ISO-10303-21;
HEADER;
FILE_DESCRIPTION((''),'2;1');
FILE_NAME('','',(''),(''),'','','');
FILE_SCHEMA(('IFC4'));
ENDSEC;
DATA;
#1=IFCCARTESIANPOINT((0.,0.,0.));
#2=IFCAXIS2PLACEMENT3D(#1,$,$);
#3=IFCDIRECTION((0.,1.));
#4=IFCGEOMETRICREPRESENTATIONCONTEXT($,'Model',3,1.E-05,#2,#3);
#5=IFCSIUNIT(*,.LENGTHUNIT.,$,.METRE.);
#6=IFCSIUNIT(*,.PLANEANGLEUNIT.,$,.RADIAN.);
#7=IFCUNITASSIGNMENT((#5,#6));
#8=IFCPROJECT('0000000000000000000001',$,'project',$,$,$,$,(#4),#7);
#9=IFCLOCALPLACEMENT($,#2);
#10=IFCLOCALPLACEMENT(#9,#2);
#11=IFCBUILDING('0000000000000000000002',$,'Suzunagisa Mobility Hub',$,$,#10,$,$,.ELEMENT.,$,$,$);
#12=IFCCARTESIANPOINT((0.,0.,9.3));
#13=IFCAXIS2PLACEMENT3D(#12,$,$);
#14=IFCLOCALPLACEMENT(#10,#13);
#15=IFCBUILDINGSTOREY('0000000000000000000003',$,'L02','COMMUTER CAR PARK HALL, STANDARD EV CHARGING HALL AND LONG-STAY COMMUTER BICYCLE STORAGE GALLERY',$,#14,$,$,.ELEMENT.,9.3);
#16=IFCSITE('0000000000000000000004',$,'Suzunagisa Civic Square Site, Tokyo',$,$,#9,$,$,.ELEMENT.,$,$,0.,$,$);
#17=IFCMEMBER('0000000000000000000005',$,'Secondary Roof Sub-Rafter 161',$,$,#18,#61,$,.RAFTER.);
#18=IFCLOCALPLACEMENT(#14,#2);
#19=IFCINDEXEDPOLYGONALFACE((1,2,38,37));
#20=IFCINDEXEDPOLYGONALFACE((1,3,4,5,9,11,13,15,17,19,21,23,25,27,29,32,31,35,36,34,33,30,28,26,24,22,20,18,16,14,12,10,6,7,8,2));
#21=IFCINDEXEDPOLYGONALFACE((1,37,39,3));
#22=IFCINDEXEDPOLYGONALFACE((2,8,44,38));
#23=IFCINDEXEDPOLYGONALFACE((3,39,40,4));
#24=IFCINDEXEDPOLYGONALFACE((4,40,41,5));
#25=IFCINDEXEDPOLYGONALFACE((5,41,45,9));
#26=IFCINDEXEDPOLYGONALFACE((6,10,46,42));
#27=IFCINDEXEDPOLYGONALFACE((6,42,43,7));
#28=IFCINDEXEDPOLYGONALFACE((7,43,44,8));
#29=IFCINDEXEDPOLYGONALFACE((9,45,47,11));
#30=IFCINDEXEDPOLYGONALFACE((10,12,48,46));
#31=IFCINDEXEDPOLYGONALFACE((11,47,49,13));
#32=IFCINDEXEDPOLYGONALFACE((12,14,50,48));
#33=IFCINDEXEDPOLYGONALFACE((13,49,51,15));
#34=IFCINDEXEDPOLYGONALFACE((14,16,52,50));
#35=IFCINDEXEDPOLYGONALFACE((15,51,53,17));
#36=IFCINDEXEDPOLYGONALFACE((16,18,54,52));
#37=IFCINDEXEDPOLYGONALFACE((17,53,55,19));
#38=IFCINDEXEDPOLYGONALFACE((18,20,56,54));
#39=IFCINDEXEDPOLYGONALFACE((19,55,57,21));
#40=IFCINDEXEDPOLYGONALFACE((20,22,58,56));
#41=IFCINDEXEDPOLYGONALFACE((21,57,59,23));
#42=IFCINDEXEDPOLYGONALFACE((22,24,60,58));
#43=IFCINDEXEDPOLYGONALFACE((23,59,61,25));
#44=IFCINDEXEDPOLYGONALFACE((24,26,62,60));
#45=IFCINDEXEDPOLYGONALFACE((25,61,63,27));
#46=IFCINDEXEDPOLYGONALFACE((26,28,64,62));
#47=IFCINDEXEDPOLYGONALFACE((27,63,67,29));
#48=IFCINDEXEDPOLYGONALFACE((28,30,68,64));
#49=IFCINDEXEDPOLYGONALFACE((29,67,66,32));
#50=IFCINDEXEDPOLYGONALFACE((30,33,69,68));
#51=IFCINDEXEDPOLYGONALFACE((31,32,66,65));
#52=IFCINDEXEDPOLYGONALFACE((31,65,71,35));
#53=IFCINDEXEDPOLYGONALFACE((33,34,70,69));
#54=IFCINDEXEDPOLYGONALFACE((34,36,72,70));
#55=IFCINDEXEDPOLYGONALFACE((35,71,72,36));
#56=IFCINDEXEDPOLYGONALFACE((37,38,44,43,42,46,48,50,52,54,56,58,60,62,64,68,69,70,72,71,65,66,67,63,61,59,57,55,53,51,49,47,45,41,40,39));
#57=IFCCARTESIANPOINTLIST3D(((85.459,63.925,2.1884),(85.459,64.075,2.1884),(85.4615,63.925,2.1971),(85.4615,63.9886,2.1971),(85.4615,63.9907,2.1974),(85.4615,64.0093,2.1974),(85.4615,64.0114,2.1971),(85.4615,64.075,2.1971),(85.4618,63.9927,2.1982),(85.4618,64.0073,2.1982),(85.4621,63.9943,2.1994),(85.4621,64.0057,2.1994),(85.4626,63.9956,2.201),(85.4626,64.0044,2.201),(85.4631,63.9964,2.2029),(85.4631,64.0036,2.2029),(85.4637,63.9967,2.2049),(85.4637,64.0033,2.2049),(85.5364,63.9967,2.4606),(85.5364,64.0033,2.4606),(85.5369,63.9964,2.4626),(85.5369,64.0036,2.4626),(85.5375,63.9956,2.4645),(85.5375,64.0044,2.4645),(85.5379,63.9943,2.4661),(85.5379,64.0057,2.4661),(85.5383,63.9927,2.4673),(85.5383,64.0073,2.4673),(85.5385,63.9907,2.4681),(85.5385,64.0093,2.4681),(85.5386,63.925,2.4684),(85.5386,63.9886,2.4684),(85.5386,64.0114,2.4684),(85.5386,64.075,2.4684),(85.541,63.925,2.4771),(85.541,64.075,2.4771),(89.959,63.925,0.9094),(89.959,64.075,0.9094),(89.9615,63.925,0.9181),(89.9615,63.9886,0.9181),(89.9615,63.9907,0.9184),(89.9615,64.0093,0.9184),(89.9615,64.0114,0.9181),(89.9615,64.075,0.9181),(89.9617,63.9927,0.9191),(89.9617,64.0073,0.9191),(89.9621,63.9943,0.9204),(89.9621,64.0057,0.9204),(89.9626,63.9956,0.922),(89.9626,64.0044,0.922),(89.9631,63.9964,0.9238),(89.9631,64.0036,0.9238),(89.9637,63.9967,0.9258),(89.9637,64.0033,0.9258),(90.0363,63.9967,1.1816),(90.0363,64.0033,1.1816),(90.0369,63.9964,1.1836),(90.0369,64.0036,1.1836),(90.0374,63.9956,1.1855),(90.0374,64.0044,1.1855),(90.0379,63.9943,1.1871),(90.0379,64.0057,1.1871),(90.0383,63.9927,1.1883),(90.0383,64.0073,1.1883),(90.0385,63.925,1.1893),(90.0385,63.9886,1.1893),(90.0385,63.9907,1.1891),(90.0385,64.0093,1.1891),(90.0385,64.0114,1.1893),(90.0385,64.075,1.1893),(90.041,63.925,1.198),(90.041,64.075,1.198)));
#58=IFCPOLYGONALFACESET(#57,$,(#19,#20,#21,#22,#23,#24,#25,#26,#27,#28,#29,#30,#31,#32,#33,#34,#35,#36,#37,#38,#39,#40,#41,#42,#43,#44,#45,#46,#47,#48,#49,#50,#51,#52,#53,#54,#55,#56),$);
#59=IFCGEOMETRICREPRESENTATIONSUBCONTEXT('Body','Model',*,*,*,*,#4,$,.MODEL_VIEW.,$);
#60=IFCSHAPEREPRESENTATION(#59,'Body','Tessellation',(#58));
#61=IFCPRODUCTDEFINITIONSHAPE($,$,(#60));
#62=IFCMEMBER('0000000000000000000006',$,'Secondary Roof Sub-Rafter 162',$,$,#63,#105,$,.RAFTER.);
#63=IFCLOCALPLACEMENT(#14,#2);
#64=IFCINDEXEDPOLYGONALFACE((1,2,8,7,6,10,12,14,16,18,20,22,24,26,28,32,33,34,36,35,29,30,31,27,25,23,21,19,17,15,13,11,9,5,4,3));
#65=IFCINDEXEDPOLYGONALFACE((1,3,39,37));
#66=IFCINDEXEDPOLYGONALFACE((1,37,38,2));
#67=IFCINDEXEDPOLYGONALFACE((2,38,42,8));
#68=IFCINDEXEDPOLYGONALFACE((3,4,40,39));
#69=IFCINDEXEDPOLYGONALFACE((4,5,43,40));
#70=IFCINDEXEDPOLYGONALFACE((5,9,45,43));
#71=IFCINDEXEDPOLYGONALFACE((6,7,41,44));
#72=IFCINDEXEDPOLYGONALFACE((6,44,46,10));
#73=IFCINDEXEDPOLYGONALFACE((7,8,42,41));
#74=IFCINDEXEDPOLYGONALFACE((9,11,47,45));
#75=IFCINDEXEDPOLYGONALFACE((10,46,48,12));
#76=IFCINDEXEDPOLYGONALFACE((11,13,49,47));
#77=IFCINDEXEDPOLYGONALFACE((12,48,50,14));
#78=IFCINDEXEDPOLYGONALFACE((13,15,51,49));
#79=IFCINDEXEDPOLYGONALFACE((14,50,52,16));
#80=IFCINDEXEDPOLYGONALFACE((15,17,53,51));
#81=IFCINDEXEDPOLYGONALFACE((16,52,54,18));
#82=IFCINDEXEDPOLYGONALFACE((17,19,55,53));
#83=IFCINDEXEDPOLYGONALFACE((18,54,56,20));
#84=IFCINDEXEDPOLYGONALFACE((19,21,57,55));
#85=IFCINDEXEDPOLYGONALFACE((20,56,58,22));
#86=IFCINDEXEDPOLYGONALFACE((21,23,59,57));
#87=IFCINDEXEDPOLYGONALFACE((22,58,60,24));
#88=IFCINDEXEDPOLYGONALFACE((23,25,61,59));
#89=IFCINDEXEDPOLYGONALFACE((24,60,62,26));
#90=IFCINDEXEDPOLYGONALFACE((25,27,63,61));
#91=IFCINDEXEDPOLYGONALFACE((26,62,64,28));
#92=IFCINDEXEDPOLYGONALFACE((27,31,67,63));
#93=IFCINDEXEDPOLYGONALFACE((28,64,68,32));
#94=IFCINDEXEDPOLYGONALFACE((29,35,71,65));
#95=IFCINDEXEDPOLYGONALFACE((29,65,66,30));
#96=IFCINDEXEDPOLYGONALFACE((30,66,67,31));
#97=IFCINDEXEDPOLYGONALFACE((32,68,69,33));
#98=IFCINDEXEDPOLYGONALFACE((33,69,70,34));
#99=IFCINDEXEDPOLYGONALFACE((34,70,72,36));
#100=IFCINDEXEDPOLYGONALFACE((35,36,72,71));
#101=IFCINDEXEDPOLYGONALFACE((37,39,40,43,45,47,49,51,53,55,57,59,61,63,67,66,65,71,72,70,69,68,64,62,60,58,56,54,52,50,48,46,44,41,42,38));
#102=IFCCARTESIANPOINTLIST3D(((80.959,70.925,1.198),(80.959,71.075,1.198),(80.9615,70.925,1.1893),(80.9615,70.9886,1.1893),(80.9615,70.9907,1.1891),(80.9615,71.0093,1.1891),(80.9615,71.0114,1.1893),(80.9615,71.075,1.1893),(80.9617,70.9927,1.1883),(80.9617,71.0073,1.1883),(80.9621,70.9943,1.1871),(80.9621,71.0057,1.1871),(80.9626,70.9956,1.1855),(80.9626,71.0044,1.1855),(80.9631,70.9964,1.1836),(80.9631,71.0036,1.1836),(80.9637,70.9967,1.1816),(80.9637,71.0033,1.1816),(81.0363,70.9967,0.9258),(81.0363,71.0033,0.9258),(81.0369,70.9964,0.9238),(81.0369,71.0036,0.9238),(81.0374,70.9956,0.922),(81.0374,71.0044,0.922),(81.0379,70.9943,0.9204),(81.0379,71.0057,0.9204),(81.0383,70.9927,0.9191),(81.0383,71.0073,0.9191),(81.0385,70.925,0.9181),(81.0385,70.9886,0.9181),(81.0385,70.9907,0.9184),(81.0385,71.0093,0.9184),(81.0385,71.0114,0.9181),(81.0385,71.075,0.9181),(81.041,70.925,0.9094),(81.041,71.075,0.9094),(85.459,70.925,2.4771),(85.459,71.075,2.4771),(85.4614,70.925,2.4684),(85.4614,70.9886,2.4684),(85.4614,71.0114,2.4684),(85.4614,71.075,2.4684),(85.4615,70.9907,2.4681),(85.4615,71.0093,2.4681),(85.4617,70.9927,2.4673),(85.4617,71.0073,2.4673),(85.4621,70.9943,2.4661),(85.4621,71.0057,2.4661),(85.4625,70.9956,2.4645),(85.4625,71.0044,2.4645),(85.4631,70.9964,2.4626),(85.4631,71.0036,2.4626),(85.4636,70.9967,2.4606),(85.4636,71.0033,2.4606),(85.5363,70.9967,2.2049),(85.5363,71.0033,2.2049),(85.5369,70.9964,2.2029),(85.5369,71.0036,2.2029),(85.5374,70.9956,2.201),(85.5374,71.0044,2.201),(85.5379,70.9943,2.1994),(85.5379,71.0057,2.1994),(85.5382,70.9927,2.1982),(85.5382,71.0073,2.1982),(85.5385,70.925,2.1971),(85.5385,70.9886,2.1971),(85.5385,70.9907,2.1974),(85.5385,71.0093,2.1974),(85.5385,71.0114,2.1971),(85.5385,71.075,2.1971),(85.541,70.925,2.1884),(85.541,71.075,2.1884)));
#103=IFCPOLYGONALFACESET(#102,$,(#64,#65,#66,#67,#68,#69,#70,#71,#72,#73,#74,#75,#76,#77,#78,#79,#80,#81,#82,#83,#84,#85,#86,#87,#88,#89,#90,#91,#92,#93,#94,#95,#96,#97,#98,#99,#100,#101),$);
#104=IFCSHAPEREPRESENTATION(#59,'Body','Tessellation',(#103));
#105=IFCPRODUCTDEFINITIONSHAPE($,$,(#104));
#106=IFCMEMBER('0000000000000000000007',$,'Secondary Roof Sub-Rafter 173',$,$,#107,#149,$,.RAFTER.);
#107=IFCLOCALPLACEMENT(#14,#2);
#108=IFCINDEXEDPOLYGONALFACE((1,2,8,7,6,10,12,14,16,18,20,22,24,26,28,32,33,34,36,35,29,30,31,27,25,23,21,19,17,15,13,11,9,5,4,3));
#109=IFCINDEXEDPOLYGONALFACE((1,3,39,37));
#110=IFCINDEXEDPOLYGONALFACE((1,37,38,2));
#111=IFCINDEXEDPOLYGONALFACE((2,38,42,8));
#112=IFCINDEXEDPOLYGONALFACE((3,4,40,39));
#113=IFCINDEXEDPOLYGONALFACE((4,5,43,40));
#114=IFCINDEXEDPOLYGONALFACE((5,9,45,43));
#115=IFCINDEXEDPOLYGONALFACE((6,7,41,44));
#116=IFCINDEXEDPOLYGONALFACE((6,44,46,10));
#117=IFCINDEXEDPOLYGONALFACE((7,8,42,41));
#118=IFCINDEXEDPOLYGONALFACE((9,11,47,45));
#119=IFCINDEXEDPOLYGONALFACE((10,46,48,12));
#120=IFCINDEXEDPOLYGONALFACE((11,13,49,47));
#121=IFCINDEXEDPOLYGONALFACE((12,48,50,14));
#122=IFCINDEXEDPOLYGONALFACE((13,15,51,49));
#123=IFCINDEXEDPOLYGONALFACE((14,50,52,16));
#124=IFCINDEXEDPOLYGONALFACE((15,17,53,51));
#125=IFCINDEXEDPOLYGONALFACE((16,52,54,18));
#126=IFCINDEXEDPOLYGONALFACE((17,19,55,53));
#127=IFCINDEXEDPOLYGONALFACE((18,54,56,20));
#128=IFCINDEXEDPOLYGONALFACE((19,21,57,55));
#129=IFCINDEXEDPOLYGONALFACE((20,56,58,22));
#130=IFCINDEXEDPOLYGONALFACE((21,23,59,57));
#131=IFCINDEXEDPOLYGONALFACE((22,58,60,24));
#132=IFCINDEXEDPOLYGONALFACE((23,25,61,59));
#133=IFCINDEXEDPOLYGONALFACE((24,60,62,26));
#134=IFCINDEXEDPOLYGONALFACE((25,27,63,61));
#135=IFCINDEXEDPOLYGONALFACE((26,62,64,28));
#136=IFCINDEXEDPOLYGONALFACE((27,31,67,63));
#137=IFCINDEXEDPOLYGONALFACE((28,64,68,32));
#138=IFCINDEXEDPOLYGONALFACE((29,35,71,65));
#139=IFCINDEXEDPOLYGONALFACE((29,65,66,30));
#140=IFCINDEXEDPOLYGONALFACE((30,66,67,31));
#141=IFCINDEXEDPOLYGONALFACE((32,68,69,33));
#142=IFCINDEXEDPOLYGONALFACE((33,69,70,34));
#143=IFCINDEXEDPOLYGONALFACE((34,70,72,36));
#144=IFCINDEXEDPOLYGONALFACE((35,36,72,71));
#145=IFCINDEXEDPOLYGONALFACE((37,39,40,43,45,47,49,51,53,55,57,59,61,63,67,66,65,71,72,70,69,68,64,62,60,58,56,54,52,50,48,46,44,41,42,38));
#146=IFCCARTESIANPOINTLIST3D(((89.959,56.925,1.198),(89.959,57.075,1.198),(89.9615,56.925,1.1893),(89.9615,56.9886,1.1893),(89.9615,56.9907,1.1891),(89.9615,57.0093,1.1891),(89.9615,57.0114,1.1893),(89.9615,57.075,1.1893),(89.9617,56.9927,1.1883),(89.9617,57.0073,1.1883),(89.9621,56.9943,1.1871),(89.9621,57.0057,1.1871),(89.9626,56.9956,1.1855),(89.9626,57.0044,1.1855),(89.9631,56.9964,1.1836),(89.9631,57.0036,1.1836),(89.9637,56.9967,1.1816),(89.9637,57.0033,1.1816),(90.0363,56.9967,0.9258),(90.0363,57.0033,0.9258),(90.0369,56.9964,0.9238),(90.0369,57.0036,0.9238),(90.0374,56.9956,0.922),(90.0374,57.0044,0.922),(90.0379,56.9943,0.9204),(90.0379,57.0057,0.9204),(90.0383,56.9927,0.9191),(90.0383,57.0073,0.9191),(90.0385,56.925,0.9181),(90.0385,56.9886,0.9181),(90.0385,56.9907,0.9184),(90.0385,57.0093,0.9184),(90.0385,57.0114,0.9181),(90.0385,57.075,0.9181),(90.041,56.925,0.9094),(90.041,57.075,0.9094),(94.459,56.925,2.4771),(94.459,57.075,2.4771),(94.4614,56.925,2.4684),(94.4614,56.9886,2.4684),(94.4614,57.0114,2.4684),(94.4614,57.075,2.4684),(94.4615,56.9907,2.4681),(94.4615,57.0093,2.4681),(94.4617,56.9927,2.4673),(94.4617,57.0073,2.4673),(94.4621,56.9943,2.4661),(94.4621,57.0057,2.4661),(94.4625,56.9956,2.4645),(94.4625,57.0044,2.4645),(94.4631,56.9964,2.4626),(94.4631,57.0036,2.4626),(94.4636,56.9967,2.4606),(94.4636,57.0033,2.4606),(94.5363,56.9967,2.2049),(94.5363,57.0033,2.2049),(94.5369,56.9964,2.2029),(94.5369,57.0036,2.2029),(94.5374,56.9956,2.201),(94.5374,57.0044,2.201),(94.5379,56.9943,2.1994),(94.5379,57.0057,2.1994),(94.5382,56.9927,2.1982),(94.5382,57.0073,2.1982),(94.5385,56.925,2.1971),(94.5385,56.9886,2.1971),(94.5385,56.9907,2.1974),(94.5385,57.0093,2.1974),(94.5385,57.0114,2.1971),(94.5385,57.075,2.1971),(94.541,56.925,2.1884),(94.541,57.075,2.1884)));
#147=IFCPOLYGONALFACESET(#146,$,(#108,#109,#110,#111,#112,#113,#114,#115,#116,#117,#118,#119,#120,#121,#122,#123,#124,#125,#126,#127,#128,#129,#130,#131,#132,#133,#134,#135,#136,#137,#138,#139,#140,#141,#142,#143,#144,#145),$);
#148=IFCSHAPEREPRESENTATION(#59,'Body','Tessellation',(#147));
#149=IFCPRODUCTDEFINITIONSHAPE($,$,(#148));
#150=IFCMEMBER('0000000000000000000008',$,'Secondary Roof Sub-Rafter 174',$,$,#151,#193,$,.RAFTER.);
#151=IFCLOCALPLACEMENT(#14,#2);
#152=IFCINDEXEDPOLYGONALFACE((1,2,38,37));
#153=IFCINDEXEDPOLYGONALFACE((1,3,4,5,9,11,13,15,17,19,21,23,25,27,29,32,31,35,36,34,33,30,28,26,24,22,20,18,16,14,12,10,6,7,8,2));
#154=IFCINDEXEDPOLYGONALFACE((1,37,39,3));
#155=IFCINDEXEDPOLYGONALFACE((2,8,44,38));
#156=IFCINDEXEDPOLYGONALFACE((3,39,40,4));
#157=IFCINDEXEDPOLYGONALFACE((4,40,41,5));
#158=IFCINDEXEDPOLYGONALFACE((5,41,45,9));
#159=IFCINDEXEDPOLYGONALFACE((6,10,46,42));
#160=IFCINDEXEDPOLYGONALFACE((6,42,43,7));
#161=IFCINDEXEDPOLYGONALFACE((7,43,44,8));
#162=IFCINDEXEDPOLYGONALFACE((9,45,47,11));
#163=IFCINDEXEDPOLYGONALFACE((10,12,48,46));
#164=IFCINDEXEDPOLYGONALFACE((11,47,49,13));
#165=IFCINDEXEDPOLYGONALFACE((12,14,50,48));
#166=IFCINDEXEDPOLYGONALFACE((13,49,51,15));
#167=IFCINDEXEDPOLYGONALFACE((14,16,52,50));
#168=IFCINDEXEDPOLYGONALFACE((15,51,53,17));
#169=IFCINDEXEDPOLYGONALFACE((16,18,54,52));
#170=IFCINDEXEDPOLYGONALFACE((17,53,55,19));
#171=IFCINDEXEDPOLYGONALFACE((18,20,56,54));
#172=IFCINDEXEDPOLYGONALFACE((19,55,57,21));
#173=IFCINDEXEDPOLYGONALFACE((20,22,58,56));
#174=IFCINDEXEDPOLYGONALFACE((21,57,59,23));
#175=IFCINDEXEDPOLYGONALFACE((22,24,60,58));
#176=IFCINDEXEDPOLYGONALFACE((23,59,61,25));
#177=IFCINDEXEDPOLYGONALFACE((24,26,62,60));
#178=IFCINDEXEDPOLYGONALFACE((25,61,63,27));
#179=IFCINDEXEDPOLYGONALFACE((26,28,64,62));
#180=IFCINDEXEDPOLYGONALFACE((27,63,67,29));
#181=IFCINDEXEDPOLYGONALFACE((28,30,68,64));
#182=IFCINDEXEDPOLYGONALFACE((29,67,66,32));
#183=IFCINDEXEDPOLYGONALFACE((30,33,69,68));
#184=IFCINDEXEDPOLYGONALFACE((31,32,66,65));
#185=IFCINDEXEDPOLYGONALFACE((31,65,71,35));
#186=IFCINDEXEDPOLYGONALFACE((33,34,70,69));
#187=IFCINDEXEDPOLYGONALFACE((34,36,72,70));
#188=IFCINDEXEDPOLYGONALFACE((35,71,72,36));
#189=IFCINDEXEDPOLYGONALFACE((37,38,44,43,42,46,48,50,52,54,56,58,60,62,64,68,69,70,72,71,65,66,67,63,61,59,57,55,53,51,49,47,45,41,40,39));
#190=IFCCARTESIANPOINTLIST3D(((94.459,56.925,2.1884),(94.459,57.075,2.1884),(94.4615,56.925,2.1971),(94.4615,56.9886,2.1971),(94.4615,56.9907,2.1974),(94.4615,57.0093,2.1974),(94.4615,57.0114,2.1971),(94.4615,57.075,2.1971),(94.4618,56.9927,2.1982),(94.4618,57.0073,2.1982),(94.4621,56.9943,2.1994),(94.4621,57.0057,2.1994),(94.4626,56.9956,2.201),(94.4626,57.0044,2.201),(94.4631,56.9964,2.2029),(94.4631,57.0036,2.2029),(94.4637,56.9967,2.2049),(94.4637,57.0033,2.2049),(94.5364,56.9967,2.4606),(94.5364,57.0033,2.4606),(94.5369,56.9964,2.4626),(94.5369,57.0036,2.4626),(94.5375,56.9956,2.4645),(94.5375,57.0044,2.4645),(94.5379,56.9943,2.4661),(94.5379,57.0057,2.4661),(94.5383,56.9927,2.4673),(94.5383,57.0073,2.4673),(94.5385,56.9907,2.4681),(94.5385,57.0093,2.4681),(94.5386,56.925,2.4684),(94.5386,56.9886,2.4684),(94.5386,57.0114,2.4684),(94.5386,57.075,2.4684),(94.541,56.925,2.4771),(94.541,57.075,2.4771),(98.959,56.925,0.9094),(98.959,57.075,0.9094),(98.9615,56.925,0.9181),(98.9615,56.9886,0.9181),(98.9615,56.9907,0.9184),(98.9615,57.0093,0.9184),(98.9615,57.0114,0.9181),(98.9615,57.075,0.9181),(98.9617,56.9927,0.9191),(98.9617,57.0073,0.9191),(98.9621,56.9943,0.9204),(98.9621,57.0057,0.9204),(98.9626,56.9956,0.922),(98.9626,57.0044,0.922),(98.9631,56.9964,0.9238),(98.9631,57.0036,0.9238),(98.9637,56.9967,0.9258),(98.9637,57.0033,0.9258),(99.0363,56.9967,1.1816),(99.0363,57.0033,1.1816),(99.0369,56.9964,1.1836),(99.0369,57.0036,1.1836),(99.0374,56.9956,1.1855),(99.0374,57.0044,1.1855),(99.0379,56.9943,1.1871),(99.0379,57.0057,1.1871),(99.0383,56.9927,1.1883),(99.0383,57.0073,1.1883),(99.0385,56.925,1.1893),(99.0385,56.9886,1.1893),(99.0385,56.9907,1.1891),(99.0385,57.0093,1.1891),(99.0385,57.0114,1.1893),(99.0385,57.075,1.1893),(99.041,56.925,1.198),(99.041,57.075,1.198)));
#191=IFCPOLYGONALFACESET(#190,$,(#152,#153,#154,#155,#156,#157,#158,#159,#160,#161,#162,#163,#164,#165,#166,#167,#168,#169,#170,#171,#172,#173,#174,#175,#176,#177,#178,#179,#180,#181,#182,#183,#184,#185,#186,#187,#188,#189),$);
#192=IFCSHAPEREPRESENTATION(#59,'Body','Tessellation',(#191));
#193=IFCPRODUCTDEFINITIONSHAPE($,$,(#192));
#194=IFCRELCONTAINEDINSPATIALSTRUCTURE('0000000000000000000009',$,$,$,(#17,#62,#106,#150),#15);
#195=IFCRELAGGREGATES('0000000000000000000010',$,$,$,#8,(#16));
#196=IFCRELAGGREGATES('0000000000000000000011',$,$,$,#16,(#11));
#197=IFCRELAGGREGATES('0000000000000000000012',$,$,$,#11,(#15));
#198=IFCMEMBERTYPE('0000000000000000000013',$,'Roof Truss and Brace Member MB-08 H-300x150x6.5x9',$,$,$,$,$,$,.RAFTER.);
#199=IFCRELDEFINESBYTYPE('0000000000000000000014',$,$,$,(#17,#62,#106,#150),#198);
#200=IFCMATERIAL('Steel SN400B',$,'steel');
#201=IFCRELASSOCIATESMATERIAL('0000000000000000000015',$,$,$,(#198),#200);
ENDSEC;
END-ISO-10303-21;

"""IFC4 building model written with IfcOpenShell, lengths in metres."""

from ifc_helpers import new_model, si_unit, direction, frame, origin, origin_2d, place, context, subcontext, project, spatial, i_section, extrude, material, material_profile, profile_set, type_object, element, save


model = new_model("IFC4")

# Units and contexts
model_context = context("Model", 3, precision=1e-05, world=origin(), true_north=direction((0.0, 1.0)))
body_context = subcontext(model_context, "Body", "Model", "MODEL_VIEW")
ifc_project = project(units=[si_unit("LENGTHUNIT", "METRE"), si_unit("PLANEANGLEUNIT", "RADIAN")], contexts=[model_context])

# Site, building, storey
site_placement = place(None, origin())
site = spatial("IfcSite", under=ifc_project, at=site_placement, Name="Suzunagisa Civic Square Site, Tokyo", CompositionType="ELEMENT", RefElevation=0.0)
building_placement = place(site_placement, origin())
building = spatial("IfcBuilding", under=site, at=building_placement, Name="Suzunagisa Mobility Hub", CompositionType="ELEMENT")
storey_placement = place(building_placement, frame((0.0, 0.0, 9.3)))
storey = spatial("IfcBuildingStorey", under=building, at=storey_placement, Name="L02", Description="COMMUTER CAR PARK HALL, STANDARD EV CHARGING HALL AND LONG-STAY COMMUTER BICYCLE STORAGE GALLERY", CompositionType="ELEMENT", Elevation=9.3)

# Members
ifc_material_1 = material(Name="Steel SN400B", Category="steel")
ifc_material_profile_1 = material_profile(ifc_material_1, i_section(OverallWidth=0.1499, OverallDepth=0.3, WebThickness=0.0066, FlangeThickness=0.009, FilletRadius=0.0081, at=origin_2d()), Name="H-300x150x6.5x9")
ifc_profile_set_1 = profile_set([ifc_material_profile_1], Name="Steel SN400B")
member_type_1 = type_object("IfcMemberType", Name="Roof Truss and Brace Member MB-08 H-300x150x6.5x9", PredefinedType="RAFTER", material=ifc_profile_set_1)
for number, where, z_axis, x_axis, name in (
    (1, (90.0, 64.0, 1.0537), (-0.961899, 0.0, 0.273404), (0.0, -1.0, 0.0), "Secondary Roof Sub-Rafter 161"),
    (2, (81.0, 71.0, 1.0537), (0.961899, 0.0, 0.273404), (0.0, 1.0, 0.0), "Secondary Roof Sub-Rafter 162"),
    (3, (90.0, 57.0, 1.0537), (0.961899, 0.0, 0.273404), (0.0, 1.0, 0.0), "Secondary Roof Sub-Rafter 173"),
    (4, (99.0, 57.0, 1.0537), (-0.961899, 0.0, 0.273404), (0.0, -1.0, 0.0), "Secondary Roof Sub-Rafter 174"),
):
    element("IfcMember", number, at=place(storey_placement, frame(where, z_axis=z_axis, x_axis=x_axis)), inside=storey, type_object=member_type_1, Name=name, PredefinedType="RAFTER", context=body_context, shape_type="SweptSolid", body=[
        extrude(i_section(OverallWidth=0.1499, OverallDepth=0.3, WebThickness=0.0066, FlangeThickness=0.009, FilletRadius=0.0081, at=origin_2d()), origin(), (0.0, 0.0, 1.0), 4.6782),
    ])

save(model, "model.ifc")
